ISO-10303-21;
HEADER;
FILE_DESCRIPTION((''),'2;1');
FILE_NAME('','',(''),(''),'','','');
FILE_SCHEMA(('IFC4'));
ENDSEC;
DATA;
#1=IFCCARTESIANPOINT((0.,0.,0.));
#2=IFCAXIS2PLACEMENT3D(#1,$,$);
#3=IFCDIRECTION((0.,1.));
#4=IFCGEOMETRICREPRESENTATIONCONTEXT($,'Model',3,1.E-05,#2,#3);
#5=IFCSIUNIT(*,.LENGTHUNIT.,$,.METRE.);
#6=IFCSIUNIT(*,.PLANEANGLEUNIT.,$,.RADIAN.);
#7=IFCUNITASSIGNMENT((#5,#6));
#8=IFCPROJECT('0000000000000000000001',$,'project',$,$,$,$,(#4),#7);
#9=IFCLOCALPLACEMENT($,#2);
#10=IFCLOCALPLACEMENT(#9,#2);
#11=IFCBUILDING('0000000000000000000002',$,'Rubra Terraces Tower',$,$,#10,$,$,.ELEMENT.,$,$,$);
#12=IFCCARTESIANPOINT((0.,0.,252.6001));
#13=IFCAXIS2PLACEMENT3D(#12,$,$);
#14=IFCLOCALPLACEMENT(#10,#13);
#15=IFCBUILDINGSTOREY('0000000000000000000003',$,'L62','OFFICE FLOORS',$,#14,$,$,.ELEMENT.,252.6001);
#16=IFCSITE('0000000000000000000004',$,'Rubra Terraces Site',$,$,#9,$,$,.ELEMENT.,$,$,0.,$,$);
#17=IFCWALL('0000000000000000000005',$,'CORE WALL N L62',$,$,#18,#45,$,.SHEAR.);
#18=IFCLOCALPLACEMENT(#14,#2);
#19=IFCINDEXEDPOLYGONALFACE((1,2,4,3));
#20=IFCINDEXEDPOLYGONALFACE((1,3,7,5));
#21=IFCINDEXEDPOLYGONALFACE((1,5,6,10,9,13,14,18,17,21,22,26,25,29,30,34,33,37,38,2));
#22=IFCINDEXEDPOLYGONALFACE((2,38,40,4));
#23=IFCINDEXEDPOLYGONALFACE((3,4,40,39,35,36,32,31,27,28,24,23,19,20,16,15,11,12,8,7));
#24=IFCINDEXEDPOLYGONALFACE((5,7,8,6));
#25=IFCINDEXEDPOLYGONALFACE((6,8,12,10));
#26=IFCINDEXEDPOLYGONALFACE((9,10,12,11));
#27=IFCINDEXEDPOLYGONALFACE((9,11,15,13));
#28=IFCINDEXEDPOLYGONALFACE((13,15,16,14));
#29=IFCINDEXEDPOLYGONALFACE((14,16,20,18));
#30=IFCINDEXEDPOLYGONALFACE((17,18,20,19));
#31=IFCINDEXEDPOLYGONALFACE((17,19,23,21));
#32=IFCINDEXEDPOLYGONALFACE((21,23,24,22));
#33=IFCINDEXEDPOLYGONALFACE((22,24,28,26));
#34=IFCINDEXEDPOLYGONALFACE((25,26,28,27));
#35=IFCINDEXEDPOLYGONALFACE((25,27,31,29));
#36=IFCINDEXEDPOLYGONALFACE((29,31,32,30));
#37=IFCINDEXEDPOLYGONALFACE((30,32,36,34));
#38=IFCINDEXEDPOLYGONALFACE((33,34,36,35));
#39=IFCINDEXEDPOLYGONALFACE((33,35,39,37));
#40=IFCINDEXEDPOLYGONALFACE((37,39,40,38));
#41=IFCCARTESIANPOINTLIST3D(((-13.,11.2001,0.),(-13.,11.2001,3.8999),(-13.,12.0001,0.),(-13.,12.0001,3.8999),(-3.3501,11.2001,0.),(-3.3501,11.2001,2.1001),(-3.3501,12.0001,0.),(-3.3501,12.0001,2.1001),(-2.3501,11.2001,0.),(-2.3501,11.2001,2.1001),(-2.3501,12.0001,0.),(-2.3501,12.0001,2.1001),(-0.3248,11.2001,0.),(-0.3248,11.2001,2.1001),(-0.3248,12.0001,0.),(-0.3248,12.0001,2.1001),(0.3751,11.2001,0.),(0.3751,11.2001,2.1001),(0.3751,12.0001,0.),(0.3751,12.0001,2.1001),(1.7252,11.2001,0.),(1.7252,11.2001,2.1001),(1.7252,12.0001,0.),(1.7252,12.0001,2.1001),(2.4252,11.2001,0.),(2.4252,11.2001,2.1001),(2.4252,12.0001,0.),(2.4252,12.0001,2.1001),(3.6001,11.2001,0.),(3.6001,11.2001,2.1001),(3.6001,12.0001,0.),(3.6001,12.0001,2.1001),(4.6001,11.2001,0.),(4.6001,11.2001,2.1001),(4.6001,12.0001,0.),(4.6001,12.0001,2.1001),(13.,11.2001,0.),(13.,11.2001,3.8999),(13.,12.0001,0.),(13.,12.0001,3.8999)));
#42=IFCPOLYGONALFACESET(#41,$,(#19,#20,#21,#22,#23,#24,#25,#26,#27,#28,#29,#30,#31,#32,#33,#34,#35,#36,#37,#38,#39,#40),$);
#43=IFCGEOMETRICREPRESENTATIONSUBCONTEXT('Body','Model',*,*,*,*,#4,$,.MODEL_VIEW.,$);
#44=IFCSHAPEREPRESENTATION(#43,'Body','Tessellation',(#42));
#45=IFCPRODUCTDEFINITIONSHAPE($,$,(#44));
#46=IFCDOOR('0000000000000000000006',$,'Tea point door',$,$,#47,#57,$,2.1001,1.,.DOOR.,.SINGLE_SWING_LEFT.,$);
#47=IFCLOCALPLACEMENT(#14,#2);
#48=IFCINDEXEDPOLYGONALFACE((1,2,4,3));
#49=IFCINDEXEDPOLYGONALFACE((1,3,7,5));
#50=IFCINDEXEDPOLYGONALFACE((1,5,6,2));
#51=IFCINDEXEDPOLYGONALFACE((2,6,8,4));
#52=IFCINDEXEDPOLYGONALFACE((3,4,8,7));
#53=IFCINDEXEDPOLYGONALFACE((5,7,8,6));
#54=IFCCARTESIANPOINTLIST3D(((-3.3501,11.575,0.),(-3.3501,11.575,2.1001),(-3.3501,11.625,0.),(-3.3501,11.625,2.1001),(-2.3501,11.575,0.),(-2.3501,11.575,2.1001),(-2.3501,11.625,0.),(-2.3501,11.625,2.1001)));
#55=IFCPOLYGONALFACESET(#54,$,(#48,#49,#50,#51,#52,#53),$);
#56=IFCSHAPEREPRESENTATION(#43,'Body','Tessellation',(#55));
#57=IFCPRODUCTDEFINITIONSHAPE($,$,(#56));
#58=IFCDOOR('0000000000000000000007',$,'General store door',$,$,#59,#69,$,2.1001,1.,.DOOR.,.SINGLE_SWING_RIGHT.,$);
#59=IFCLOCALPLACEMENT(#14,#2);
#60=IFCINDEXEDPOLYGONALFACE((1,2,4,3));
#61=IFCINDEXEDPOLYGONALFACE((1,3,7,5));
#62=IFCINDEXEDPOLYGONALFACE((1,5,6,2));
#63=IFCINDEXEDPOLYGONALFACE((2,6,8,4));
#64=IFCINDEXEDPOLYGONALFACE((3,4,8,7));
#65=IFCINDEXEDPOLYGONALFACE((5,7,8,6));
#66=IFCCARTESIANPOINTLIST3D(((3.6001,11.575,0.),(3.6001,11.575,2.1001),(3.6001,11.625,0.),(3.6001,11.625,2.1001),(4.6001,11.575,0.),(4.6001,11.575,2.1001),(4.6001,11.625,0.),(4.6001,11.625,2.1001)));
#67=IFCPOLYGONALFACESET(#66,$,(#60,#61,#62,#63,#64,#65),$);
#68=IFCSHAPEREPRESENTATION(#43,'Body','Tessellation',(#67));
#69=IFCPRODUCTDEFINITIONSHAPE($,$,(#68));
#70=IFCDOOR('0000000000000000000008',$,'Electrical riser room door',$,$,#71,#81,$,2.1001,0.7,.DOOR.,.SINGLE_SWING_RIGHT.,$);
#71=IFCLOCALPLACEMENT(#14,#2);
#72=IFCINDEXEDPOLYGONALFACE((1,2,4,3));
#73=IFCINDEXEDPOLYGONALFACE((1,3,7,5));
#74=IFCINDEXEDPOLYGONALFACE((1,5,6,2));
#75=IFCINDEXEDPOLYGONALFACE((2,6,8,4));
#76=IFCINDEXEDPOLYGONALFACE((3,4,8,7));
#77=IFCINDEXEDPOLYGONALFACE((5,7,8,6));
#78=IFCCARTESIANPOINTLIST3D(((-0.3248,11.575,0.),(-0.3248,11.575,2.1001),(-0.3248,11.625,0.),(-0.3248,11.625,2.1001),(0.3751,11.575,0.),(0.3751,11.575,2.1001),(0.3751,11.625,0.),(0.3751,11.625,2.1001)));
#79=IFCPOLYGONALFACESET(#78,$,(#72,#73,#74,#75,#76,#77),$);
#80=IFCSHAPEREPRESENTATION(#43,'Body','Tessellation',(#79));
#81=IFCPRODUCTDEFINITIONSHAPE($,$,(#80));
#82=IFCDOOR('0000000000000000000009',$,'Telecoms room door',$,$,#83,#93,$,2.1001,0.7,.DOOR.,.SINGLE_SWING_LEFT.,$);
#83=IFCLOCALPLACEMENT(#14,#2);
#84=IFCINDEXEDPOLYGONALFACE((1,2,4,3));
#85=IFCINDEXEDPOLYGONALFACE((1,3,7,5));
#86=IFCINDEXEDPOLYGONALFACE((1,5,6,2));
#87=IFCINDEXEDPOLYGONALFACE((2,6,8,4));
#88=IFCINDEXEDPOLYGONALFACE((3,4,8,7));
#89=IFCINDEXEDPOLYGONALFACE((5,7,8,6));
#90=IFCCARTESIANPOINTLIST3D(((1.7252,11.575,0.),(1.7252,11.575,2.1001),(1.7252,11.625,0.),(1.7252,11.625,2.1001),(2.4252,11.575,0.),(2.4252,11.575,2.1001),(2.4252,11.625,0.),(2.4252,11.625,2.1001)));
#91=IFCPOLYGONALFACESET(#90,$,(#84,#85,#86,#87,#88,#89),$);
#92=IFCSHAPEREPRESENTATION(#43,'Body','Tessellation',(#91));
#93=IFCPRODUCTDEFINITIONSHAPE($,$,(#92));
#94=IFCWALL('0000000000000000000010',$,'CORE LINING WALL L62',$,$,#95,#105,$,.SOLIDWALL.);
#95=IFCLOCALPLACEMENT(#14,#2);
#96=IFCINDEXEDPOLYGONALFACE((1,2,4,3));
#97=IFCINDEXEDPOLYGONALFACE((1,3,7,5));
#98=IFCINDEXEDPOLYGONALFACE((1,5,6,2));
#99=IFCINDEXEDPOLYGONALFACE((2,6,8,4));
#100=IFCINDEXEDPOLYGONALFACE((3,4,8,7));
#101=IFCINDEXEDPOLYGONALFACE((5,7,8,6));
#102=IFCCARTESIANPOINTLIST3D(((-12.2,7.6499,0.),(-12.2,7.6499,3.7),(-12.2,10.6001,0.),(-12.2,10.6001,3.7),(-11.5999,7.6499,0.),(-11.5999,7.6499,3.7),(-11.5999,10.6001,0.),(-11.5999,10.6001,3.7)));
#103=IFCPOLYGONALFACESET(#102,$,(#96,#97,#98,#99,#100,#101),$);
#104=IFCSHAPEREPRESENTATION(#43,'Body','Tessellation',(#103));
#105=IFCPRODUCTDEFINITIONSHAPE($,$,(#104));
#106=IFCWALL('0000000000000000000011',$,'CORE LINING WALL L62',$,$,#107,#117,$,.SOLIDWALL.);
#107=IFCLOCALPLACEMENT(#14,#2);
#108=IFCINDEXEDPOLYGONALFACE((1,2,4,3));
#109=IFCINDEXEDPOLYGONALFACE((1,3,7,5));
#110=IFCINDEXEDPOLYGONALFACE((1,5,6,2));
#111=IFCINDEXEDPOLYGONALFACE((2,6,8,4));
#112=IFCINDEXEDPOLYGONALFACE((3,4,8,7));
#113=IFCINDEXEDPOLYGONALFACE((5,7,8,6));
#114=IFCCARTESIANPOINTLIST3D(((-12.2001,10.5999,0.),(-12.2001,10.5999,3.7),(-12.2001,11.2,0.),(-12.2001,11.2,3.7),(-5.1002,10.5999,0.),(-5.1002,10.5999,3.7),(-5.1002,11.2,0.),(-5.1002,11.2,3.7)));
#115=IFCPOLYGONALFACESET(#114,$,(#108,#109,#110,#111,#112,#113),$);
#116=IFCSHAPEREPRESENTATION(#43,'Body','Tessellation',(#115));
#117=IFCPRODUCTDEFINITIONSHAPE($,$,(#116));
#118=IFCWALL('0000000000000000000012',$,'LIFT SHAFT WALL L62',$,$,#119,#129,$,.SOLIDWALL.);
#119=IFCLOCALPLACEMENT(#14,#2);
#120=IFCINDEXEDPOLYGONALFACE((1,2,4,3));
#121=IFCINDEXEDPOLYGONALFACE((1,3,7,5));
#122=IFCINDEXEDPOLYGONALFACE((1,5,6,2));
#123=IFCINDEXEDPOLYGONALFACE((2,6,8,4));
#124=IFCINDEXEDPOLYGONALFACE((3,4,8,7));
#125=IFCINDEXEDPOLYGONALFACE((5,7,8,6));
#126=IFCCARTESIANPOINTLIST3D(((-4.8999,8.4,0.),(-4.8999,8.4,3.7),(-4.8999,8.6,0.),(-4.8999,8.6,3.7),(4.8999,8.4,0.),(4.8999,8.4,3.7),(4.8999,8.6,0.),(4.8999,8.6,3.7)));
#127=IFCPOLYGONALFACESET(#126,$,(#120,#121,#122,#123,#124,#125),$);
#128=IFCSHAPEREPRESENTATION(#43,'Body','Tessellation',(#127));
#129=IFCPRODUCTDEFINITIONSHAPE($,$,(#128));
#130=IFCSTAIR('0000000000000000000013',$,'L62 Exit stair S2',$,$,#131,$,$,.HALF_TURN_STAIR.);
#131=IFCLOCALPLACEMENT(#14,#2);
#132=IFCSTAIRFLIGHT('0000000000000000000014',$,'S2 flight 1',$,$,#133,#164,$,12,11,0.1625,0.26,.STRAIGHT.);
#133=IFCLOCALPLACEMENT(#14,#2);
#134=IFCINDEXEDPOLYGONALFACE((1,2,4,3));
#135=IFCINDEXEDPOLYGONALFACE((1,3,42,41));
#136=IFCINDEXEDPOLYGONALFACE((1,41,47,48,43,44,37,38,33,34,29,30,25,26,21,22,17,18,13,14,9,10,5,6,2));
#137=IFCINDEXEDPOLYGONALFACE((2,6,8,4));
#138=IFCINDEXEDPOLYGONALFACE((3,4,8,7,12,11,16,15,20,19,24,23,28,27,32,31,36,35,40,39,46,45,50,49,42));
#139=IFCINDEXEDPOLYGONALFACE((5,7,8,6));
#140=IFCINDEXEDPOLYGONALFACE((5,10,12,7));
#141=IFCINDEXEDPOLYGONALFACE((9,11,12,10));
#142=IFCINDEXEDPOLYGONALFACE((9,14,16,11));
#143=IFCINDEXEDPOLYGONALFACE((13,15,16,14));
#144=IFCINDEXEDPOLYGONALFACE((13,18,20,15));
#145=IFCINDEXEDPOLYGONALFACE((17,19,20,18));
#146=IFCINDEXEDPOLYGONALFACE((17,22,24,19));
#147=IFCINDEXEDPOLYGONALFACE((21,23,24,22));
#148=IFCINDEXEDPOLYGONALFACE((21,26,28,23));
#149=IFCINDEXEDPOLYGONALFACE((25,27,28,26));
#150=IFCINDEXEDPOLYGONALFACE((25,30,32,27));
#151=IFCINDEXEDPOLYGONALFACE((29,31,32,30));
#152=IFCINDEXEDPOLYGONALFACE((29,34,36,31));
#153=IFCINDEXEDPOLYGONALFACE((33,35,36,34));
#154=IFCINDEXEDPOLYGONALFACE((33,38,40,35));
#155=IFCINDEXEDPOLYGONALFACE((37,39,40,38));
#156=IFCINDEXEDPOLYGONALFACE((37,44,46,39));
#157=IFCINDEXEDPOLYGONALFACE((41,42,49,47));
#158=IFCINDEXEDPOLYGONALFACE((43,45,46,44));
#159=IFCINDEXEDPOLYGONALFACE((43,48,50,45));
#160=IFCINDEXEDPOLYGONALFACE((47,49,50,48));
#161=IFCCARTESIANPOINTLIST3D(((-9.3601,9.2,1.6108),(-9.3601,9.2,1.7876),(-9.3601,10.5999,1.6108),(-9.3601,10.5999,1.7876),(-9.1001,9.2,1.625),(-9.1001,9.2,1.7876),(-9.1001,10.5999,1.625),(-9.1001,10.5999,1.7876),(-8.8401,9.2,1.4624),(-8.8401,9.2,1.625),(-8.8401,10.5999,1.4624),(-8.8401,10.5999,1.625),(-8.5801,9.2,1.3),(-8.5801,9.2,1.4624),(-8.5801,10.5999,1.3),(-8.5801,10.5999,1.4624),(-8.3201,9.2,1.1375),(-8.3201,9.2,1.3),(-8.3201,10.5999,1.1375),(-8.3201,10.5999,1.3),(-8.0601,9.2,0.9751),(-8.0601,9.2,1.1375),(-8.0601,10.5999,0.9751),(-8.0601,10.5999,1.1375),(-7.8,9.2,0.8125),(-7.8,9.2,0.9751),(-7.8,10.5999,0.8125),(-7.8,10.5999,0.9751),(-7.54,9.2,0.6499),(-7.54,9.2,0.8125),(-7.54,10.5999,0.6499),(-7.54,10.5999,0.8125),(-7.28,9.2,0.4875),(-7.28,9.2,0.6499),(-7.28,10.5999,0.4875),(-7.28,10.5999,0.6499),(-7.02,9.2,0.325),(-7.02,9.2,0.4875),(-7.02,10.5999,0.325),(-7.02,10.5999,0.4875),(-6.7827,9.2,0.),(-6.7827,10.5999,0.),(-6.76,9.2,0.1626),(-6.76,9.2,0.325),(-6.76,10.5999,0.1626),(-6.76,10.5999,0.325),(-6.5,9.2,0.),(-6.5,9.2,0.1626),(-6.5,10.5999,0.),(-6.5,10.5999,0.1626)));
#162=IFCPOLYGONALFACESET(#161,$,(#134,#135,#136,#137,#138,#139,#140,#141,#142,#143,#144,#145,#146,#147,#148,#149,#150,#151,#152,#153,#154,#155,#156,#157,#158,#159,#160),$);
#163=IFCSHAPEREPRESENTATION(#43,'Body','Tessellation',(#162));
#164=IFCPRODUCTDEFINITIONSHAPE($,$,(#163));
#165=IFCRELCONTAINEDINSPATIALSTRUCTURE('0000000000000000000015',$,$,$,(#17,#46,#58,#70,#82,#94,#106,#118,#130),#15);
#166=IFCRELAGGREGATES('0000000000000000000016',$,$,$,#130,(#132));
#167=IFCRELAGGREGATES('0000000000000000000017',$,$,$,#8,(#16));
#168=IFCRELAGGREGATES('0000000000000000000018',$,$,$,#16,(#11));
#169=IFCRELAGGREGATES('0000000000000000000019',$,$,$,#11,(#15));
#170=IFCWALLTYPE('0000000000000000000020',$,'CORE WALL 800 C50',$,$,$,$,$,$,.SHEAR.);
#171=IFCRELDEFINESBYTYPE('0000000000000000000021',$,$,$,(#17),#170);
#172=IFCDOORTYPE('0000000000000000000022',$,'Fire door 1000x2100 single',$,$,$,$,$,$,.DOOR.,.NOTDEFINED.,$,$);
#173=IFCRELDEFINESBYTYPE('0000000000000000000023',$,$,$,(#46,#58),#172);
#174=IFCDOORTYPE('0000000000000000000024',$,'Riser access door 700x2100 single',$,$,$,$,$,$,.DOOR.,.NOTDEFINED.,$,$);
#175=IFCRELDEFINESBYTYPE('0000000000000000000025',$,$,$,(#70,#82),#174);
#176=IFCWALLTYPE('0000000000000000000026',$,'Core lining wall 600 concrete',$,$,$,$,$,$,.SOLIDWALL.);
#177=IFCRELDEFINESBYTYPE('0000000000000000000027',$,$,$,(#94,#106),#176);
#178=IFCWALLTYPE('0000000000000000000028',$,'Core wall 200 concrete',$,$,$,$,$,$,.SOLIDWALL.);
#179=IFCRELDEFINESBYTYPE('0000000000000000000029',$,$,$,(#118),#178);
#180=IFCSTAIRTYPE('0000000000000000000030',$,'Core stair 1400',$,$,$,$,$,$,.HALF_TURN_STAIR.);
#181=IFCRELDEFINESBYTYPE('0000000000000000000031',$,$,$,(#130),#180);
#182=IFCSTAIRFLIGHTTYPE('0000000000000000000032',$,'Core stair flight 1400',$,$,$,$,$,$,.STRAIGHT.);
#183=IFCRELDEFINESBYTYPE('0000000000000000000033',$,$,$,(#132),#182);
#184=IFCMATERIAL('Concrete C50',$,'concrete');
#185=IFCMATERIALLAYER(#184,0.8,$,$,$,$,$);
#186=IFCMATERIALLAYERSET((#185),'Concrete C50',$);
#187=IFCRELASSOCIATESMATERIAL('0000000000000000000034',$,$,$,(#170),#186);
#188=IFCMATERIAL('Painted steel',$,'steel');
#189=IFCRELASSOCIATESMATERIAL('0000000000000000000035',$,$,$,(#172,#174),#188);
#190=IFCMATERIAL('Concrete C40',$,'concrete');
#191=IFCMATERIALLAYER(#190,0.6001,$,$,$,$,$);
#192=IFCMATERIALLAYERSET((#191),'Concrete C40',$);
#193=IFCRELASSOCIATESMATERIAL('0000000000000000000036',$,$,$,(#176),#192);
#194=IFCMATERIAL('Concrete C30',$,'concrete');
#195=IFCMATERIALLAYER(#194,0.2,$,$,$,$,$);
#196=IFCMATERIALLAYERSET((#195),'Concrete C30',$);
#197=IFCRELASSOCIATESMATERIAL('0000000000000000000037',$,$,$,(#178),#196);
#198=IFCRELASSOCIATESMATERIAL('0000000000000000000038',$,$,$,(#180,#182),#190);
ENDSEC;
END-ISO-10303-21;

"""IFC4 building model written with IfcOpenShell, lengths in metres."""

from ifc_helpers import new_model, si_unit, direction, frame, frame_2d, origin, place, context, subcontext, project, spatial, polyline, rectangle, outline, extrude, material, layer, layer_set, type_object, element, fill, aggregate, save


model = new_model("IFC4")

# Units and contexts
model_context = context("Model", 3, precision=1e-05, world=origin(), true_north=direction((0.0, 1.0)))
body_context = subcontext(model_context, "Body", "Model", "MODEL_VIEW")
ifc_project = project(units=[si_unit("LENGTHUNIT", "METRE"), si_unit("PLANEANGLEUNIT", "RADIAN")], contexts=[model_context])

# Site, building, storey
site_placement = place(None, origin())
site = spatial("IfcSite", under=ifc_project, at=site_placement, Name="Rubra Terraces Site", CompositionType="ELEMENT", RefElevation=0.0)
building_placement = place(site_placement, origin())
building = spatial("IfcBuilding", under=site, at=building_placement, Name="Rubra Terraces Tower", CompositionType="ELEMENT")
storey_placement = place(building_placement, frame((0.0, 0.0, 252.6001)))
storey = spatial("IfcBuildingStorey", under=building, at=storey_placement, Name="L62", Description="OFFICE FLOORS", CompositionType="ELEMENT", Elevation=252.6001)

# Wall, openings, doors
ifc_material_1 = material(Name="Concrete C50", Category="concrete")
ifc_layer_1 = layer(ifc_material_1, 0.8)
ifc_layer_set_1 = layer_set([ifc_layer_1], Name="Concrete C50")
wall_type_1 = type_object("IfcWallType", Name="CORE WALL 800 C50", PredefinedType="SHEAR", material=ifc_layer_set_1)
wall_1_placement = place(storey_placement, frame((-13.0, 11.6001, 0.0), z_axis=(0.0, 0.0, 1.0), x_axis=(1.0, 0.0, 0.0)))
wall_1 = element("IfcWall", 1, at=wall_1_placement, inside=storey, type_object=wall_type_1, Name="CORE WALL N L62", PredefinedType="SHEAR", context=body_context, shape_type="SweptSolid", body=[
    extrude(rectangle(XDim=26.0, YDim=0.8, at=frame_2d((13.0, 0.0))), origin(), (0.0, 0.0, 1.0), 3.8999),
])
opening_1_placement = place(wall_1_placement, frame((9.6499, 0.0, 0.0)))
opening_1 = element("IfcOpeningElement", 2, at=opening_1_placement, cuts=wall_1, PredefinedType="OPENING", context=body_context, shape_type="SweptSolid", body=[
    extrude(rectangle(XDim=1.0, YDim=2.1001, at=frame_2d((0.5, 1.05))), frame((0.0, 0.4099, 0.0), z_axis=(0.0, -1.0, 0.0), x_axis=(1.0, 0.0, 0.0)), (0.0, 0.0, 1.0), 0.8201),
])
opening_2_placement = place(wall_1_placement, frame((12.675, 0.0, 0.0)))
opening_2 = element("IfcOpeningElement", 3, at=opening_2_placement, cuts=wall_1, PredefinedType="OPENING", context=body_context, shape_type="SweptSolid", body=[
    extrude(rectangle(XDim=0.7, YDim=2.1001, at=frame_2d((0.3501, 1.05))), frame((0.0, 0.4099, 0.0), z_axis=(0.0, -1.0, 0.0), x_axis=(1.0, 0.0, 0.0)), (0.0, 0.0, 1.0), 0.8201),
])
opening_3_placement = place(wall_1_placement, frame((14.7251, 0.0, 0.0)))
opening_3 = element("IfcOpeningElement", 4, at=opening_3_placement, cuts=wall_1, PredefinedType="OPENING", context=body_context, shape_type="SweptSolid", body=[
    extrude(rectangle(XDim=0.7, YDim=2.1001, at=frame_2d((0.3501, 1.05))), frame((0.0, 0.4099, 0.0), z_axis=(0.0, -1.0, 0.0), x_axis=(1.0, 0.0, 0.0)), (0.0, 0.0, 1.0), 0.8201),
])
opening_4_placement = place(wall_1_placement, frame((16.6001, 0.0, 0.0)))
opening_4 = element("IfcOpeningElement", 5, at=opening_4_placement, cuts=wall_1, PredefinedType="OPENING", context=body_context, shape_type="SweptSolid", body=[
    extrude(rectangle(XDim=1.0, YDim=2.1001, at=frame_2d((0.5, 1.05))), frame((0.0, 0.4099, 0.0), z_axis=(0.0, -1.0, 0.0), x_axis=(1.0, 0.0, 0.0)), (0.0, 0.0, 1.0), 0.8201),
])
ifc_material_2 = material(Name="Painted steel", Category="steel")
door_type_1 = type_object("IfcDoorType", Name="Fire door 1000x2100 single", OperationType="NOTDEFINED", PredefinedType="DOOR", material=ifc_material_2)
door_1_placement = place(opening_1_placement, origin())
door_1 = element("IfcDoor", 6, at=door_1_placement, inside=storey, type_object=door_type_1, Name="Tea point door", OperationType="SINGLE_SWING_LEFT", OverallHeight=2.1001, OverallWidth=1.0, PredefinedType="DOOR", context=body_context, shape_type="SweptSolid", body=[
    extrude(rectangle(XDim=1.0, YDim=2.1001, at=frame_2d((0.5, 1.05))), frame((0.0, 0.0249, 0.0), z_axis=(0.0, -1.0, 0.0), x_axis=(1.0, 0.0, 0.0)), (0.0, 0.0, 1.0), 0.05),
])
fill(opening_1, door_1)
door_2_placement = place(opening_4_placement, origin())
door_2 = element("IfcDoor", 7, at=door_2_placement, inside=storey, type_object=door_type_1, Name="General store door", OperationType="SINGLE_SWING_RIGHT", OverallHeight=2.1001, OverallWidth=1.0, PredefinedType="DOOR", context=body_context, shape_type="SweptSolid", body=[
    extrude(rectangle(XDim=1.0, YDim=2.1001, at=frame_2d((0.5, 1.05))), frame((0.0, 0.0249, 0.0), z_axis=(0.0, -1.0, 0.0), x_axis=(1.0, 0.0, 0.0)), (0.0, 0.0, 1.0), 0.05),
])
fill(opening_4, door_2)
door_type_2 = type_object("IfcDoorType", Name="Riser access door 700x2100 single", OperationType="NOTDEFINED", PredefinedType="DOOR", material=ifc_material_2)
door_3_placement = place(opening_2_placement, origin())
door_3 = element("IfcDoor", 8, at=door_3_placement, inside=storey, type_object=door_type_2, Name="Electrical riser room door", OperationType="SINGLE_SWING_RIGHT", OverallHeight=2.1001, OverallWidth=0.7, PredefinedType="DOOR", context=body_context, shape_type="SweptSolid", body=[
    extrude(rectangle(XDim=0.7, YDim=2.1001, at=frame_2d((0.3501, 1.05))), frame((0.0, 0.0249, 0.0), z_axis=(0.0, -1.0, 0.0), x_axis=(1.0, 0.0, 0.0)), (0.0, 0.0, 1.0), 0.05),
])
fill(opening_2, door_3)
door_4_placement = place(opening_3_placement, origin())
door_4 = element("IfcDoor", 9, at=door_4_placement, inside=storey, type_object=door_type_2, Name="Telecoms room door", OperationType="SINGLE_SWING_LEFT", OverallHeight=2.1001, OverallWidth=0.7, PredefinedType="DOOR", context=body_context, shape_type="SweptSolid", body=[
    extrude(rectangle(XDim=0.7, YDim=2.1001, at=frame_2d((0.3501, 1.05))), frame((0.0, 0.0249, 0.0), z_axis=(0.0, -1.0, 0.0), x_axis=(1.0, 0.0, 0.0)), (0.0, 0.0, 1.0), 0.05),
])
fill(opening_3, door_4)

# Walls
ifc_material_3 = material(Name="Concrete C40", Category="concrete")
ifc_layer_2 = layer(ifc_material_3, 0.6001)
ifc_layer_set_2 = layer_set([ifc_layer_2], Name="Concrete C40")
wall_type_2 = type_object("IfcWallType", Name="Core lining wall 600 concrete", PredefinedType="SOLIDWALL", material=ifc_layer_set_2)
wall_2_placement = place(storey_placement, frame((-11.8999, 7.6499, 0.0), z_axis=(0.0, 0.0, 1.0), x_axis=(0.0, 1.0, 0.0)))
element("IfcWall", 10, at=wall_2_placement, inside=storey, type_object=wall_type_2, Name="CORE LINING WALL L62", PredefinedType="SOLIDWALL", context=body_context, shape_type="SweptSolid", body=[
    extrude(rectangle(XDim=2.9502, YDim=0.6001, at=frame_2d((1.4751, 0.0))), origin(), (0.0, 0.0, 1.0), 3.7),
])
wall_3_placement = place(storey_placement, frame((-12.2, 10.8999, 0.0), z_axis=(0.0, 0.0, 1.0), x_axis=(1.0, 0.0, 0.0)))
element("IfcWall", 11, at=wall_3_placement, inside=storey, type_object=wall_type_2, Name="CORE LINING WALL L62", PredefinedType="SOLIDWALL", context=body_context, shape_type="SweptSolid", body=[
    extrude(rectangle(XDim=7.0999, YDim=0.6001, at=frame_2d((3.5498, 0.0))), origin(), (0.0, 0.0, 1.0), 3.7),
])
ifc_material_4 = material(Name="Concrete C30", Category="concrete")
ifc_layer_3 = layer(ifc_material_4, 0.2)
ifc_layer_set_3 = layer_set([ifc_layer_3], Name="Concrete C30")
wall_type_3 = type_object("IfcWallType", Name="Core wall 200 concrete", PredefinedType="SOLIDWALL", material=ifc_layer_set_3)
wall_4_placement = place(storey_placement, frame((-4.8999, 8.5, 0.0), z_axis=(0.0, 0.0, 1.0), x_axis=(1.0, 0.0, 0.0)))
element("IfcWall", 12, at=wall_4_placement, inside=storey, type_object=wall_type_3, Name="LIFT SHAFT WALL L62", PredefinedType="SOLIDWALL", context=body_context, shape_type="SweptSolid", body=[
    extrude(rectangle(XDim=9.7998, YDim=0.2, at=frame_2d((4.8999, 0.0))), origin(), (0.0, 0.0, 1.0), 3.7),
])

# Stair, stair flight
stair_type = type_object("IfcStairType", Name="Core stair 1400", PredefinedType="HALF_TURN_STAIR", material=ifc_material_3)
stair_placement = place(storey_placement, origin())
stair = element("IfcStair", 13, at=stair_placement, inside=storey, type_object=stair_type, Name="L62 Exit stair S2", PredefinedType="HALF_TURN_STAIR")
stair_flight_type = type_object("IfcStairFlightType", Name="Core stair flight 1400", PredefinedType="STRAIGHT", material=ifc_material_3)
stair_flight_1_placement = place(storey_placement, frame((-6.5, 9.8999, 0.0), z_axis=(0.0, 0.0, 1.0), x_axis=(-1.0, 0.0, 0.0)))
stair_flight_1 = element("IfcStairFlight", 14, at=stair_flight_1_placement, type_object=stair_flight_type, Name="S2 flight 1", NumberOfRisers=12, NumberOfTreads=11, PredefinedType="STRAIGHT", RiserHeight=0.1625, TreadLength=0.26, context=body_context, shape_type="SweptSolid", body=[
    extrude(outline(polyline([(0.0, 0.0), (0.0, 0.1626), (0.26, 0.1626), (0.26, 0.325), (0.52, 0.325), (0.52, 0.4875), (0.78, 0.4875), (0.78, 0.6499), (1.04, 0.6499), (1.04, 0.8125), (1.3, 0.8125), (1.3, 0.9751), (1.5601, 0.9751), (1.5601, 1.1375), (1.8201, 1.1375), (1.8201, 1.3), (2.0801, 1.3), (2.0801, 1.4624), (2.3401, 1.4624), (2.3401, 1.625), (2.6001, 1.625), (2.6001, 1.7876), (2.8601, 1.7876), (2.8601, 1.95), (2.8601, 1.6108), (0.2827, 0.0), (0.0, 0.0)])), frame((0.0, 0.7, 0.0), z_axis=(0.0, -1.0, 0.0), x_axis=(1.0, 0.0, 0.0)), (0.0, 0.0, 1.0), 1.3999),
])
aggregate(stair, [stair_flight_1])

save(model, "model.ifc")
